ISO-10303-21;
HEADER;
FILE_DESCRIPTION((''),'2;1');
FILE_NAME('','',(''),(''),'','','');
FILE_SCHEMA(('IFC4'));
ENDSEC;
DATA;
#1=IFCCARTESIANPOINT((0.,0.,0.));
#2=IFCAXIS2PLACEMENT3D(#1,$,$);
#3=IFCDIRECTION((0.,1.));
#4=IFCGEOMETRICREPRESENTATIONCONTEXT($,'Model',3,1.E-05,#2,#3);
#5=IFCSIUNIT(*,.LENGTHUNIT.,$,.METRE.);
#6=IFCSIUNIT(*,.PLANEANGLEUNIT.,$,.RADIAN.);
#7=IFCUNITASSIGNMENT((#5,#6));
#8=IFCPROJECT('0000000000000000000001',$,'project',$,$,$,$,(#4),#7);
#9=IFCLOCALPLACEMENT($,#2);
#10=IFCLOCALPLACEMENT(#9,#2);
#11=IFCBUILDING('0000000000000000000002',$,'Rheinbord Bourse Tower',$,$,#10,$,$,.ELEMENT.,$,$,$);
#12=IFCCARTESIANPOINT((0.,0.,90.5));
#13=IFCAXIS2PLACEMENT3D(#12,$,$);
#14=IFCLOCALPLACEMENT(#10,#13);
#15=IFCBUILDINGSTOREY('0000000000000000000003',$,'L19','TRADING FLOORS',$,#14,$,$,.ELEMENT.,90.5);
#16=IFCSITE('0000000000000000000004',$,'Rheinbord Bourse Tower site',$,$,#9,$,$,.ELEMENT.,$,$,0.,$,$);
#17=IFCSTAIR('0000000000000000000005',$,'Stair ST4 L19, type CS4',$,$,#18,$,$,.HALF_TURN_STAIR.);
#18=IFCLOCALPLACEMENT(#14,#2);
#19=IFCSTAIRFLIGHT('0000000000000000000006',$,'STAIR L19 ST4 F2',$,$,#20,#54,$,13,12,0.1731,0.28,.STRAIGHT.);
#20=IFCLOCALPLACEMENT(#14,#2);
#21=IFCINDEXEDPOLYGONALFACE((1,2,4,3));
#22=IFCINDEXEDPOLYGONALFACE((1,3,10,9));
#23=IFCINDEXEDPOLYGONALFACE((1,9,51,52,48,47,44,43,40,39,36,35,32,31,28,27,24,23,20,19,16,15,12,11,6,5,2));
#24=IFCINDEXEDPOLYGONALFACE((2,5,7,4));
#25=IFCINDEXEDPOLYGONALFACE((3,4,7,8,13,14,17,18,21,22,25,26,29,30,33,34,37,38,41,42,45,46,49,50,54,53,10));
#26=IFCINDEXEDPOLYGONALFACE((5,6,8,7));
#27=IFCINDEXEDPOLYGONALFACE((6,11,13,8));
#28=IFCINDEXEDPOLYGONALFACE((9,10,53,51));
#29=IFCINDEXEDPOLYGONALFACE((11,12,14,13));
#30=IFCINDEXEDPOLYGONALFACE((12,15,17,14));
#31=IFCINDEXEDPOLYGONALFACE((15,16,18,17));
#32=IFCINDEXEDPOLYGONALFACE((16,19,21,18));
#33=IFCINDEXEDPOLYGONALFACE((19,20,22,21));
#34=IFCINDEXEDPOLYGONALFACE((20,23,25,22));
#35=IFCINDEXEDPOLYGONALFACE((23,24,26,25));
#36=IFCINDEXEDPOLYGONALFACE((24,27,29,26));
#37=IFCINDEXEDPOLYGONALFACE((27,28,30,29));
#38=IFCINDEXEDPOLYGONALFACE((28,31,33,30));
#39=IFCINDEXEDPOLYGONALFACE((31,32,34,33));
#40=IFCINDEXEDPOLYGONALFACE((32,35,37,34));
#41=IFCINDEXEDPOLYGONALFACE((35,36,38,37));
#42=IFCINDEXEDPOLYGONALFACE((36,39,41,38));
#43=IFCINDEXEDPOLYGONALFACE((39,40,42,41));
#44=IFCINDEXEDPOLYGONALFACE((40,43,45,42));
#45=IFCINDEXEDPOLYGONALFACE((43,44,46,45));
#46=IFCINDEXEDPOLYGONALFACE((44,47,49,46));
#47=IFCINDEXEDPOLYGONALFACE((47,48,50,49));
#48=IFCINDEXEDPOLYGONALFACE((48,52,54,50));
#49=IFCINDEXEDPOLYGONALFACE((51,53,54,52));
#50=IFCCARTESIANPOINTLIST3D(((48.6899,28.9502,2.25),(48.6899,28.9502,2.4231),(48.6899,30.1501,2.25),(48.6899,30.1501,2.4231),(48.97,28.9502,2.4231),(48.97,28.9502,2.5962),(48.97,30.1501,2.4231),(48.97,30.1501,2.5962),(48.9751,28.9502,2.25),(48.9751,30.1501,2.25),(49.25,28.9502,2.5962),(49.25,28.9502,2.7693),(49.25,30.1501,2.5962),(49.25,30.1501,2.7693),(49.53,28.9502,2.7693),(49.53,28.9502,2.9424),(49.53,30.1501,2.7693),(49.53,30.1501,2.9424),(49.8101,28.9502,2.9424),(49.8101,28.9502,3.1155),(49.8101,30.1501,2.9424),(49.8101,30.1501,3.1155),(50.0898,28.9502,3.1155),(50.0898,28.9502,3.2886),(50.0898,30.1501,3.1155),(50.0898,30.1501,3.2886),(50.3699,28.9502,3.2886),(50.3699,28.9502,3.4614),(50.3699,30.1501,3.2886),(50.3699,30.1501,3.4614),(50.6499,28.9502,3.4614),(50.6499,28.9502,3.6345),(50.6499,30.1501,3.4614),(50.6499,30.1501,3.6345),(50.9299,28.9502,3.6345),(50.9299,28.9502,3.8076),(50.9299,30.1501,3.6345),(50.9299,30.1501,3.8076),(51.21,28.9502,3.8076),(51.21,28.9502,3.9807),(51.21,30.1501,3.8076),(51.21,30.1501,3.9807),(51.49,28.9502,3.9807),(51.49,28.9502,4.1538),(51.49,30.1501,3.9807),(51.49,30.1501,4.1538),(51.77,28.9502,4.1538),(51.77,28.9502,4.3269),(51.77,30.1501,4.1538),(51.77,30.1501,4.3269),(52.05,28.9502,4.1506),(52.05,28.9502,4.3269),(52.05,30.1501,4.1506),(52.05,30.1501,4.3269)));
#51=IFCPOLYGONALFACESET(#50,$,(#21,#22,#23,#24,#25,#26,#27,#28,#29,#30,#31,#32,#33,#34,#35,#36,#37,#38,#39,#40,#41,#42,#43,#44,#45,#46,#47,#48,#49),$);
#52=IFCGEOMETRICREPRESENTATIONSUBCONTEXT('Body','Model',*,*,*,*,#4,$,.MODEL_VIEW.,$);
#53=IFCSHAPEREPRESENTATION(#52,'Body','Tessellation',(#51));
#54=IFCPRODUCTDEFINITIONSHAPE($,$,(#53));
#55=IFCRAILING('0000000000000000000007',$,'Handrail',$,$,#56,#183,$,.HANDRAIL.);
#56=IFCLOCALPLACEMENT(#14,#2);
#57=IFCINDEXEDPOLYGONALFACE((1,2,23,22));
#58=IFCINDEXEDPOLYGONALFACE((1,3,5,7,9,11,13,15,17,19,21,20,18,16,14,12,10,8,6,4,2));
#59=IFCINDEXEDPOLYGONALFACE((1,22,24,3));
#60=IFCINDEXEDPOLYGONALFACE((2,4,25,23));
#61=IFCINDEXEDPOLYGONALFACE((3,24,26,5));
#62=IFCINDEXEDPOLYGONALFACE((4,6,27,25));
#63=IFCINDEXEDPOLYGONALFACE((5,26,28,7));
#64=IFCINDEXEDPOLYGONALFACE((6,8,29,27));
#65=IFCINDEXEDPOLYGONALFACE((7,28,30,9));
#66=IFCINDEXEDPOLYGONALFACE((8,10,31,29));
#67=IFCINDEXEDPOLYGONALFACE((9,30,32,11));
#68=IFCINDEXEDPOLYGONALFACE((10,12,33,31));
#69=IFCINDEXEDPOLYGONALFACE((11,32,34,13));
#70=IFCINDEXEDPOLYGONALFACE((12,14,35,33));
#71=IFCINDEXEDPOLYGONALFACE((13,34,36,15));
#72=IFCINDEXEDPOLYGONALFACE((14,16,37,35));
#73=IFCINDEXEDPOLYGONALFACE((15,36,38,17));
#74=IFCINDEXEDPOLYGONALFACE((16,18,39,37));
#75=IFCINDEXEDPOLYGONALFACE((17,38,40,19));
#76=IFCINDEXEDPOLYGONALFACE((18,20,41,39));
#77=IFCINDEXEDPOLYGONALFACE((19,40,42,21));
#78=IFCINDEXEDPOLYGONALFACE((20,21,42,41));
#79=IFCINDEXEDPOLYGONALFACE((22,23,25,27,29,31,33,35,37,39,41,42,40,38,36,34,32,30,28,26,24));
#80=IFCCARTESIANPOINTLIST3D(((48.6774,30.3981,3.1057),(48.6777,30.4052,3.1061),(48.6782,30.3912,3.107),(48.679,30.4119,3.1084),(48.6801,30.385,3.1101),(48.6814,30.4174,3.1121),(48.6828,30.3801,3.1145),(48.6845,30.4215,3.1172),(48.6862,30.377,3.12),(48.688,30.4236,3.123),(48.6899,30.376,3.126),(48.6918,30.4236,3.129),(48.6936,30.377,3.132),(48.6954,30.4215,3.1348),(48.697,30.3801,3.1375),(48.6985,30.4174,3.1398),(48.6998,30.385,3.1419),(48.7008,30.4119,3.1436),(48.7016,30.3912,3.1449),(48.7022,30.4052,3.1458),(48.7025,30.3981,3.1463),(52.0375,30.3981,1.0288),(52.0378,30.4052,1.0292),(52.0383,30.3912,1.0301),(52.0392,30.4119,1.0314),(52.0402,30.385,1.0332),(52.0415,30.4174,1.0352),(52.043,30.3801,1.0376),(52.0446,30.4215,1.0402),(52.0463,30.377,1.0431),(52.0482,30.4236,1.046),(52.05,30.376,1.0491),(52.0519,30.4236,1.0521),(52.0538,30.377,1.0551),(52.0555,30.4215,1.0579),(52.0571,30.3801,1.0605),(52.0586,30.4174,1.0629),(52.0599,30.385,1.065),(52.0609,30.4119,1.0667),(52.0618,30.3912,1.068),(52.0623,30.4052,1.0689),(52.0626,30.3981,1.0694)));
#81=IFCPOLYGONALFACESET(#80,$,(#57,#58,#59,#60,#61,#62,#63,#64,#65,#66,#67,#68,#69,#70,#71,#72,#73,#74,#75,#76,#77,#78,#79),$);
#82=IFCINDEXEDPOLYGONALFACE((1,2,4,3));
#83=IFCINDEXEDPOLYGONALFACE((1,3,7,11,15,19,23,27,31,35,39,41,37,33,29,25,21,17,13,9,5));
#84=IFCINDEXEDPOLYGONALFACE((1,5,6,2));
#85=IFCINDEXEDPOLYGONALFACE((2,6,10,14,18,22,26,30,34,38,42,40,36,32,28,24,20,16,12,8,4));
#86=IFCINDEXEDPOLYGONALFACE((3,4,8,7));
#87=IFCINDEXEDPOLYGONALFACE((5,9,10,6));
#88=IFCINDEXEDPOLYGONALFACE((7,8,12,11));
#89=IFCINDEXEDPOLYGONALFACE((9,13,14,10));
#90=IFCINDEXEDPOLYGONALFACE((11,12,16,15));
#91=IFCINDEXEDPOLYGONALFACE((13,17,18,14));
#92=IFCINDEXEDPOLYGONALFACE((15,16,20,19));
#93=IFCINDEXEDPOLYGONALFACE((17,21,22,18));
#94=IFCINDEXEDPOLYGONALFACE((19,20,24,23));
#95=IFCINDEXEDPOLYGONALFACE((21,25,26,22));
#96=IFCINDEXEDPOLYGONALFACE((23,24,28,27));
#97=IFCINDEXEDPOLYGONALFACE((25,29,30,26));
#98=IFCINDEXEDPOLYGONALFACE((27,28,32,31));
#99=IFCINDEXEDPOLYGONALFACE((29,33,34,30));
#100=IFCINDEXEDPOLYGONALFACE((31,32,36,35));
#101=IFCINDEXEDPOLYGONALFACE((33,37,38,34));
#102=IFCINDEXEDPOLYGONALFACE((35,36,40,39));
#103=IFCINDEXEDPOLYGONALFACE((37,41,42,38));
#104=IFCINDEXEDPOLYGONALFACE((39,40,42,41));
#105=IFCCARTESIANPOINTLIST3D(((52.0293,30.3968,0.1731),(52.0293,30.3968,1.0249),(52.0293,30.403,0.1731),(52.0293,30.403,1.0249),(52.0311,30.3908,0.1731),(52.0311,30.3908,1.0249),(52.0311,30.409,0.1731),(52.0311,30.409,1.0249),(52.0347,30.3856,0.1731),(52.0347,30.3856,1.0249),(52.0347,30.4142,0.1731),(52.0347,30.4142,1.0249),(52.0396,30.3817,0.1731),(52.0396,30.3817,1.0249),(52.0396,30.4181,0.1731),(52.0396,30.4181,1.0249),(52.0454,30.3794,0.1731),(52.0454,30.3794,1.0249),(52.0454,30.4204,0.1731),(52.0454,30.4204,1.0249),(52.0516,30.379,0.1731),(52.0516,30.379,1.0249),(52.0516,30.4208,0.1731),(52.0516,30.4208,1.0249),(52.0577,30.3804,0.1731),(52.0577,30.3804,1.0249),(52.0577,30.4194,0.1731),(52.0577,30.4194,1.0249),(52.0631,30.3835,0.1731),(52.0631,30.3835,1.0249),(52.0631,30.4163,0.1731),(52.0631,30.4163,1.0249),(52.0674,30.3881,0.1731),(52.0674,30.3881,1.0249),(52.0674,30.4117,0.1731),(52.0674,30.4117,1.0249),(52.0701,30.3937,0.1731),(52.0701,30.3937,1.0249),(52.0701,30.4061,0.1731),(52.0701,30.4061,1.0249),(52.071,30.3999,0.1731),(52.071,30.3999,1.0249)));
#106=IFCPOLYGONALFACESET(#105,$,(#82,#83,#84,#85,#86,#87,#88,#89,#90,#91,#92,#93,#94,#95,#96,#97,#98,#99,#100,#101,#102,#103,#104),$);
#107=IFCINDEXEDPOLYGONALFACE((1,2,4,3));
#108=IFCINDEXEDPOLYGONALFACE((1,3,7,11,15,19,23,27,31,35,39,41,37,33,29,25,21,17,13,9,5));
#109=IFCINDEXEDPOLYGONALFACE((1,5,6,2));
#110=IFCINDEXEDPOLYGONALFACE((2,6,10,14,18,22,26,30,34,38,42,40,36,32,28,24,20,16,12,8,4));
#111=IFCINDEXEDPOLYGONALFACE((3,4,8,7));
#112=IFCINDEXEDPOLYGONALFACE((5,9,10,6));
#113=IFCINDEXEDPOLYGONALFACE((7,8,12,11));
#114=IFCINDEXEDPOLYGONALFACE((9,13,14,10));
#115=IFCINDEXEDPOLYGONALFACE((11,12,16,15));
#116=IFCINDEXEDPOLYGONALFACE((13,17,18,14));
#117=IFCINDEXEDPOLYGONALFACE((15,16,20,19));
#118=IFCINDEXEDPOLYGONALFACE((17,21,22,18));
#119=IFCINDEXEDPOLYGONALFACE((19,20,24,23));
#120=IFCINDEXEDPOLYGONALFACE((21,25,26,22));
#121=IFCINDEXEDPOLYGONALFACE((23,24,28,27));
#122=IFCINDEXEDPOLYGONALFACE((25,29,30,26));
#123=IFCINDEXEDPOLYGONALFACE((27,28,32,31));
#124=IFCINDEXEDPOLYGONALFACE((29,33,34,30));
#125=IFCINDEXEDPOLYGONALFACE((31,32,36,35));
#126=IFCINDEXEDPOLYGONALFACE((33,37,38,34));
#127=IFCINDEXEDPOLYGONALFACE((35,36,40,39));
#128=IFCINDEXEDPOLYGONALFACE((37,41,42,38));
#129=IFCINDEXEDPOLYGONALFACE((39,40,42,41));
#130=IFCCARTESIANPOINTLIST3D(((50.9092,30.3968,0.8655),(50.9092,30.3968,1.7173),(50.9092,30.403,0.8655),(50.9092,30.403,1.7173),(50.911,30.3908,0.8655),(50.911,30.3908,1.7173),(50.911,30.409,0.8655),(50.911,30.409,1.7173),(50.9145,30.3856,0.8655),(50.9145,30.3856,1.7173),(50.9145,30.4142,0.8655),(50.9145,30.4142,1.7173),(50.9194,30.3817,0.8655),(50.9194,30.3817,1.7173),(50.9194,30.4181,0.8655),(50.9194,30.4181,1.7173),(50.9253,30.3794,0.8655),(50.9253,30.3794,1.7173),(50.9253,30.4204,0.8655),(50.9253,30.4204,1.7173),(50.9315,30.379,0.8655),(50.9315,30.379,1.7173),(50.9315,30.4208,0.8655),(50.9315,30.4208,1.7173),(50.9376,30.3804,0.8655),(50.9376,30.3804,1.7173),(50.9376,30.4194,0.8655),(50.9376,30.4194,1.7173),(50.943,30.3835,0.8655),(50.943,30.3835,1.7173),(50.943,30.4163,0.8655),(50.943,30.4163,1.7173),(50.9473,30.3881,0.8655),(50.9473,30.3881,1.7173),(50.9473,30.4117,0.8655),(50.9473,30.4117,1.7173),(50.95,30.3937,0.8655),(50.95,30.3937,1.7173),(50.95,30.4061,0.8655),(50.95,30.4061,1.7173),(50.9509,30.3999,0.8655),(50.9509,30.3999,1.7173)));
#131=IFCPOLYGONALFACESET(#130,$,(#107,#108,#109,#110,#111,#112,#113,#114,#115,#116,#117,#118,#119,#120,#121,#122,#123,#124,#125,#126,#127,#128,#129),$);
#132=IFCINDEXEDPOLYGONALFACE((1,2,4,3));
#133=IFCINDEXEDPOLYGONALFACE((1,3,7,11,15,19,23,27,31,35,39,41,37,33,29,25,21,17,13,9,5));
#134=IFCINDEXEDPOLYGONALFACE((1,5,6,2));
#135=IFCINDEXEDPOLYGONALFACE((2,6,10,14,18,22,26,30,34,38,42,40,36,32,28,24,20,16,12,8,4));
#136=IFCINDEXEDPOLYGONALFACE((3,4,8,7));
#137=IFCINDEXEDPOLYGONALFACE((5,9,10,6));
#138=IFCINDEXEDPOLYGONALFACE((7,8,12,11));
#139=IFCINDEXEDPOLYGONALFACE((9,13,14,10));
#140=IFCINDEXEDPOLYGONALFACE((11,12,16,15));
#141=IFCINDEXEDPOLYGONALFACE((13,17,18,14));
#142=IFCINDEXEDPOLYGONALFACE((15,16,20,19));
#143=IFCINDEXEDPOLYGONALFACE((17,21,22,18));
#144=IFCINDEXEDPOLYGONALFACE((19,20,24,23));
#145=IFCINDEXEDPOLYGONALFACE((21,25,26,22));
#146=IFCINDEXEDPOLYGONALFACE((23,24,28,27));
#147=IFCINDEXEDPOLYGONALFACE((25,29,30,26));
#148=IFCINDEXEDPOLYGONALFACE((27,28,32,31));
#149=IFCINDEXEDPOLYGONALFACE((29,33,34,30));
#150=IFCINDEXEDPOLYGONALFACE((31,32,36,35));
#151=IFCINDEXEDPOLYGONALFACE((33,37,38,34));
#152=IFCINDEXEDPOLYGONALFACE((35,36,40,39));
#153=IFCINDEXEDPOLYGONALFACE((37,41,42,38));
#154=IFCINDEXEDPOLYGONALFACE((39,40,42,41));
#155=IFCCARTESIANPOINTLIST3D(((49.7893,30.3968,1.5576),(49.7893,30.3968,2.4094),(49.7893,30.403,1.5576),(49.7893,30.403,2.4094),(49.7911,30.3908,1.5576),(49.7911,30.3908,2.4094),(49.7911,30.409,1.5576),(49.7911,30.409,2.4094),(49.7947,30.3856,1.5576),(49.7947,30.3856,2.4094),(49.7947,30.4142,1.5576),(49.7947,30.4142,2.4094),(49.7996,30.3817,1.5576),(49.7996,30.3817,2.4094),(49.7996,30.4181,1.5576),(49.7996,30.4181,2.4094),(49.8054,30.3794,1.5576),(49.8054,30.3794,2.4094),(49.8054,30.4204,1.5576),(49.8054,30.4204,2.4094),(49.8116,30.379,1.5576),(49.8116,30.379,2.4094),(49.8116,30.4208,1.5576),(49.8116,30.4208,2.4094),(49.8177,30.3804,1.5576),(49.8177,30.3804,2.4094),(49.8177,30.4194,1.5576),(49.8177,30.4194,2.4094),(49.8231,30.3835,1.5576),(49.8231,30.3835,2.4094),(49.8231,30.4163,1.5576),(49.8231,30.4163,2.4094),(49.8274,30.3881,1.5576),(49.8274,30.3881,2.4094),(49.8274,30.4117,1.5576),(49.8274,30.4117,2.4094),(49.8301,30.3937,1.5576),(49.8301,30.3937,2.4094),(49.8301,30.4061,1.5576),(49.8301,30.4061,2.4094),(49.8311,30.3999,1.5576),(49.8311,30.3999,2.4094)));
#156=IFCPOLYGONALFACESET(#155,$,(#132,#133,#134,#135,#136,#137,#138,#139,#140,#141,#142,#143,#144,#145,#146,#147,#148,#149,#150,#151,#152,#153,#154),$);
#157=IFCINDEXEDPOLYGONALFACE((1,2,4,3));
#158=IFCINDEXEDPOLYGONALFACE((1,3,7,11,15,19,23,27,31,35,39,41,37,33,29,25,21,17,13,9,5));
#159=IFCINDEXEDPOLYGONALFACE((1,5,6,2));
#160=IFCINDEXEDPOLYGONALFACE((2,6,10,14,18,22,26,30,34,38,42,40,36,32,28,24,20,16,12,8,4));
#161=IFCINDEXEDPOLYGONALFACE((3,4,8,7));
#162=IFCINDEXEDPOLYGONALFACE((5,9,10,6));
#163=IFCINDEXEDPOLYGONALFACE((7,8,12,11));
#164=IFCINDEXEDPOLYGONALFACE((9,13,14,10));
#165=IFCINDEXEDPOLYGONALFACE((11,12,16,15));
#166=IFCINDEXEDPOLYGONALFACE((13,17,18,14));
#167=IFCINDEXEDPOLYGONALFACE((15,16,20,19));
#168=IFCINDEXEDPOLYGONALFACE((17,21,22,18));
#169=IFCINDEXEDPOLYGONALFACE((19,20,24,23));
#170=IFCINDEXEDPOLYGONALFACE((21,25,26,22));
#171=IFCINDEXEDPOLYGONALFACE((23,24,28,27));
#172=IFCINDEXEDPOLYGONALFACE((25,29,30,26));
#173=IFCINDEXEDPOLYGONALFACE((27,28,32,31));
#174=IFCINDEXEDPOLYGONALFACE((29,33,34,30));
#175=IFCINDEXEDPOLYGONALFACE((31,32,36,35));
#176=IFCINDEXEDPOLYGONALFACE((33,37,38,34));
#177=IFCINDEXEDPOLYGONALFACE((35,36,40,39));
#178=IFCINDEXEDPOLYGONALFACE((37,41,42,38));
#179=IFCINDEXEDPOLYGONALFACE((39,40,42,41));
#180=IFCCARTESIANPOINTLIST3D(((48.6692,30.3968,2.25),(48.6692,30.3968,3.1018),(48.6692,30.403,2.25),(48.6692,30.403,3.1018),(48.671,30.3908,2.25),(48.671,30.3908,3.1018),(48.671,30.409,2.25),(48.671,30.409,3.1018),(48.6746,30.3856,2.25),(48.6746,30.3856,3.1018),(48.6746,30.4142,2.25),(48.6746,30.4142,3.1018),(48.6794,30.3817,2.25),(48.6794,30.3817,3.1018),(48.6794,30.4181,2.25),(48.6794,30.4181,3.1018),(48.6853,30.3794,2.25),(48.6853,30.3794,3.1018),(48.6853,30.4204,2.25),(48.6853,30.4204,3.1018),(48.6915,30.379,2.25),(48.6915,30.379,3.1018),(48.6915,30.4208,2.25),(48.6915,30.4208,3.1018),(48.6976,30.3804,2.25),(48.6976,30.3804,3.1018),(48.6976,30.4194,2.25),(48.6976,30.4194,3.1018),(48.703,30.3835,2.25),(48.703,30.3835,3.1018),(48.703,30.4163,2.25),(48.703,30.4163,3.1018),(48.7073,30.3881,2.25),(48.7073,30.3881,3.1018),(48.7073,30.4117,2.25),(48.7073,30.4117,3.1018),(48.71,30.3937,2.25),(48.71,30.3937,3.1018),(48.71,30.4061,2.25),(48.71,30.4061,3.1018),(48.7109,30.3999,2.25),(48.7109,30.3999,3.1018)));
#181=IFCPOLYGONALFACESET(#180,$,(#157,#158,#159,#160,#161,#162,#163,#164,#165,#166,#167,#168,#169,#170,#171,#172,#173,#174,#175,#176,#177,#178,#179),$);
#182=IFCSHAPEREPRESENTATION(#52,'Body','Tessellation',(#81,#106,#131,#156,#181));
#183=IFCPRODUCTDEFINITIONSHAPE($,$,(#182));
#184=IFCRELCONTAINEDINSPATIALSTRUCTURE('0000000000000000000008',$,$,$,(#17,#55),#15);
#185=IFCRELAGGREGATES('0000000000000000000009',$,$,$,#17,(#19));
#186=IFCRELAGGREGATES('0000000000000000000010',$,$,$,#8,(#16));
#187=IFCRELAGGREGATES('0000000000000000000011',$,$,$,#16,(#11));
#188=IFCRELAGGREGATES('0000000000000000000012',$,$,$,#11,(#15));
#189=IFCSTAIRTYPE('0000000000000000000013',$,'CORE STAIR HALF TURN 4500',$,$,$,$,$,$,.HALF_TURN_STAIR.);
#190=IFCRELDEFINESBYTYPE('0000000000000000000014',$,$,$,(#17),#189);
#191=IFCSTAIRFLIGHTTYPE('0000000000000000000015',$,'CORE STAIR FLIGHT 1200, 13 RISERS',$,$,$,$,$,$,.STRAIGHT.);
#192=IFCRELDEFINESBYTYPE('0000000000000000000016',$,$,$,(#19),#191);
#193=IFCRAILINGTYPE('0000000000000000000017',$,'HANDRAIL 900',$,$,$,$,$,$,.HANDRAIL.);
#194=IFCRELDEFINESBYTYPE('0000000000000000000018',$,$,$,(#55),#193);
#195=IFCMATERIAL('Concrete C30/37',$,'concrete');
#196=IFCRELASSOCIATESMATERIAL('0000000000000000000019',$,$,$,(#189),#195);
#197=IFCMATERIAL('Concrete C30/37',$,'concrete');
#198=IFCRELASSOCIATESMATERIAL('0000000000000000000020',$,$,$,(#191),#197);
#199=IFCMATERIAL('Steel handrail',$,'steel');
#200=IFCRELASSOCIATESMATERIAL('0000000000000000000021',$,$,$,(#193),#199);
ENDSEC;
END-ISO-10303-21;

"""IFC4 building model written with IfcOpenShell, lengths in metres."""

from ifc_helpers import new_model, si_unit, direction, frame, origin, origin_2d, place, context, subcontext, project, spatial, polyline, circle, outline, extrude, material, type_object, element, aggregate, save


model = new_model("IFC4")

# Units and contexts
model_context = context("Model", 3, precision=1e-05, world=origin(), true_north=direction((0.0, 1.0)))
body_context = subcontext(model_context, "Body", "Model", "MODEL_VIEW")
ifc_project = project(units=[si_unit("LENGTHUNIT", "METRE"), si_unit("PLANEANGLEUNIT", "RADIAN")], contexts=[model_context])

# Site, building, storey
site_placement = place(None, origin())
site = spatial("IfcSite", under=ifc_project, at=site_placement, Name="Rheinbord Bourse Tower site", CompositionType="ELEMENT", RefElevation=0.0)
building_placement = place(site_placement, origin())
building = spatial("IfcBuilding", under=site, at=building_placement, Name="Rheinbord Bourse Tower", CompositionType="ELEMENT")
storey_placement = place(building_placement, frame((0.0, 0.0, 90.5)))
storey = spatial("IfcBuildingStorey", under=building, at=storey_placement, Name="L19", Description="TRADING FLOORS", CompositionType="ELEMENT", Elevation=90.5)

# Stair, stair flight
ifc_material_1 = material(Name="Concrete C30/37", Category="concrete")
stair_type = type_object("IfcStairType", Name="CORE STAIR HALF TURN 4500", PredefinedType="HALF_TURN_STAIR", material=ifc_material_1)
stair_placement = place(storey_placement, origin())
stair = element("IfcStair", 1, at=stair_placement, inside=storey, type_object=stair_type, Name="Stair ST4 L19, type CS4", PredefinedType="HALF_TURN_STAIR")
ifc_material_2 = material(Name="Concrete C30/37", Category="concrete")
stair_flight_type = type_object("IfcStairFlightType", Name="CORE STAIR FLIGHT 1200, 13 RISERS", PredefinedType="STRAIGHT", material=ifc_material_2)
stair_flight_1_placement = place(storey_placement, frame((48.6899, 29.55, 2.25), z_axis=(0.0, 0.0, 1.0), x_axis=(1.0, 0.0, 0.0)))
stair_flight_1 = element("IfcStairFlight", 2, at=stair_flight_1_placement, type_object=stair_flight_type, Name="STAIR L19 ST4 F2", NumberOfRisers=13, NumberOfTreads=12, PredefinedType="STRAIGHT", RiserHeight=0.1731, TreadLength=0.28, context=body_context, shape_type="SweptSolid", body=[
    extrude(outline(polyline([(0.0, 0.0), (0.0, 0.1731), (0.28, 0.1731), (0.28, 0.3462), (0.5601, 0.3462), (0.5601, 0.5193), (0.8401, 0.5193), (0.8401, 0.6924), (1.1201, 0.6924), (1.1201, 0.8655), (1.3999, 0.8655), (1.3999, 1.0386), (1.6799, 1.0386), (1.6799, 1.2114), (1.96, 1.2114), (1.96, 1.3845), (2.24, 1.3845), (2.24, 1.5576), (2.52, 1.5576), (2.52, 1.7307), (2.8, 1.7307), (2.8, 1.9038), (3.0801, 1.9038), (3.0801, 2.0769), (3.3601, 2.0769), (3.3601, 2.25), (3.3601, 1.9006), (0.2852, 0.0), (0.0, 0.0)])), frame((0.0, 0.6001, 0.0), z_axis=(0.0, -1.0, 0.0), x_axis=(1.0, 0.0, 0.0)), (0.0, 0.0, 1.0), 1.2),
])
aggregate(stair, [stair_flight_1])

# Railing
ifc_material_3 = material(Name="Steel handrail", Category="steel")
railing_type = type_object("IfcRailingType", Name="HANDRAIL 900", PredefinedType="HANDRAIL", material=ifc_material_3)
railing_1_placement = place(storey_placement, frame((52.05, 30.3999, 0.1731)))
element("IfcRailing", 3, at=railing_1_placement, inside=storey, type_object=railing_type, Name="Handrail", PredefinedType="HANDRAIL", context=body_context, shape_type="SweptSolid", body=[
    extrude(circle(Radius=0.0239, at=origin_2d()), frame((0.0, 0.0, 0.876), z_axis=(-0.850623, 0.0, 0.525776), x_axis=(0.0, -1.0, 0.0)), (0.0, 0.0, 1.0), 3.9502),
    extrude(circle(Radius=0.021, at=origin_2d()), origin(), (0.0, 0.0, 1.0), 0.8518),
    extrude(circle(Radius=0.021, at=origin_2d()), frame((-1.1201, 0.0, 0.6924)), (0.0, 0.0, 1.0), 0.8518),
    extrude(circle(Radius=0.021, at=origin_2d()), frame((-2.24, 0.0, 1.3845)), (0.0, 0.0, 1.0), 0.8518),
    extrude(circle(Radius=0.021, at=origin_2d()), frame((-3.3601, 0.0, 2.0769)), (0.0, 0.0, 1.0), 0.8518),
])

save(model, "model.ifc")
